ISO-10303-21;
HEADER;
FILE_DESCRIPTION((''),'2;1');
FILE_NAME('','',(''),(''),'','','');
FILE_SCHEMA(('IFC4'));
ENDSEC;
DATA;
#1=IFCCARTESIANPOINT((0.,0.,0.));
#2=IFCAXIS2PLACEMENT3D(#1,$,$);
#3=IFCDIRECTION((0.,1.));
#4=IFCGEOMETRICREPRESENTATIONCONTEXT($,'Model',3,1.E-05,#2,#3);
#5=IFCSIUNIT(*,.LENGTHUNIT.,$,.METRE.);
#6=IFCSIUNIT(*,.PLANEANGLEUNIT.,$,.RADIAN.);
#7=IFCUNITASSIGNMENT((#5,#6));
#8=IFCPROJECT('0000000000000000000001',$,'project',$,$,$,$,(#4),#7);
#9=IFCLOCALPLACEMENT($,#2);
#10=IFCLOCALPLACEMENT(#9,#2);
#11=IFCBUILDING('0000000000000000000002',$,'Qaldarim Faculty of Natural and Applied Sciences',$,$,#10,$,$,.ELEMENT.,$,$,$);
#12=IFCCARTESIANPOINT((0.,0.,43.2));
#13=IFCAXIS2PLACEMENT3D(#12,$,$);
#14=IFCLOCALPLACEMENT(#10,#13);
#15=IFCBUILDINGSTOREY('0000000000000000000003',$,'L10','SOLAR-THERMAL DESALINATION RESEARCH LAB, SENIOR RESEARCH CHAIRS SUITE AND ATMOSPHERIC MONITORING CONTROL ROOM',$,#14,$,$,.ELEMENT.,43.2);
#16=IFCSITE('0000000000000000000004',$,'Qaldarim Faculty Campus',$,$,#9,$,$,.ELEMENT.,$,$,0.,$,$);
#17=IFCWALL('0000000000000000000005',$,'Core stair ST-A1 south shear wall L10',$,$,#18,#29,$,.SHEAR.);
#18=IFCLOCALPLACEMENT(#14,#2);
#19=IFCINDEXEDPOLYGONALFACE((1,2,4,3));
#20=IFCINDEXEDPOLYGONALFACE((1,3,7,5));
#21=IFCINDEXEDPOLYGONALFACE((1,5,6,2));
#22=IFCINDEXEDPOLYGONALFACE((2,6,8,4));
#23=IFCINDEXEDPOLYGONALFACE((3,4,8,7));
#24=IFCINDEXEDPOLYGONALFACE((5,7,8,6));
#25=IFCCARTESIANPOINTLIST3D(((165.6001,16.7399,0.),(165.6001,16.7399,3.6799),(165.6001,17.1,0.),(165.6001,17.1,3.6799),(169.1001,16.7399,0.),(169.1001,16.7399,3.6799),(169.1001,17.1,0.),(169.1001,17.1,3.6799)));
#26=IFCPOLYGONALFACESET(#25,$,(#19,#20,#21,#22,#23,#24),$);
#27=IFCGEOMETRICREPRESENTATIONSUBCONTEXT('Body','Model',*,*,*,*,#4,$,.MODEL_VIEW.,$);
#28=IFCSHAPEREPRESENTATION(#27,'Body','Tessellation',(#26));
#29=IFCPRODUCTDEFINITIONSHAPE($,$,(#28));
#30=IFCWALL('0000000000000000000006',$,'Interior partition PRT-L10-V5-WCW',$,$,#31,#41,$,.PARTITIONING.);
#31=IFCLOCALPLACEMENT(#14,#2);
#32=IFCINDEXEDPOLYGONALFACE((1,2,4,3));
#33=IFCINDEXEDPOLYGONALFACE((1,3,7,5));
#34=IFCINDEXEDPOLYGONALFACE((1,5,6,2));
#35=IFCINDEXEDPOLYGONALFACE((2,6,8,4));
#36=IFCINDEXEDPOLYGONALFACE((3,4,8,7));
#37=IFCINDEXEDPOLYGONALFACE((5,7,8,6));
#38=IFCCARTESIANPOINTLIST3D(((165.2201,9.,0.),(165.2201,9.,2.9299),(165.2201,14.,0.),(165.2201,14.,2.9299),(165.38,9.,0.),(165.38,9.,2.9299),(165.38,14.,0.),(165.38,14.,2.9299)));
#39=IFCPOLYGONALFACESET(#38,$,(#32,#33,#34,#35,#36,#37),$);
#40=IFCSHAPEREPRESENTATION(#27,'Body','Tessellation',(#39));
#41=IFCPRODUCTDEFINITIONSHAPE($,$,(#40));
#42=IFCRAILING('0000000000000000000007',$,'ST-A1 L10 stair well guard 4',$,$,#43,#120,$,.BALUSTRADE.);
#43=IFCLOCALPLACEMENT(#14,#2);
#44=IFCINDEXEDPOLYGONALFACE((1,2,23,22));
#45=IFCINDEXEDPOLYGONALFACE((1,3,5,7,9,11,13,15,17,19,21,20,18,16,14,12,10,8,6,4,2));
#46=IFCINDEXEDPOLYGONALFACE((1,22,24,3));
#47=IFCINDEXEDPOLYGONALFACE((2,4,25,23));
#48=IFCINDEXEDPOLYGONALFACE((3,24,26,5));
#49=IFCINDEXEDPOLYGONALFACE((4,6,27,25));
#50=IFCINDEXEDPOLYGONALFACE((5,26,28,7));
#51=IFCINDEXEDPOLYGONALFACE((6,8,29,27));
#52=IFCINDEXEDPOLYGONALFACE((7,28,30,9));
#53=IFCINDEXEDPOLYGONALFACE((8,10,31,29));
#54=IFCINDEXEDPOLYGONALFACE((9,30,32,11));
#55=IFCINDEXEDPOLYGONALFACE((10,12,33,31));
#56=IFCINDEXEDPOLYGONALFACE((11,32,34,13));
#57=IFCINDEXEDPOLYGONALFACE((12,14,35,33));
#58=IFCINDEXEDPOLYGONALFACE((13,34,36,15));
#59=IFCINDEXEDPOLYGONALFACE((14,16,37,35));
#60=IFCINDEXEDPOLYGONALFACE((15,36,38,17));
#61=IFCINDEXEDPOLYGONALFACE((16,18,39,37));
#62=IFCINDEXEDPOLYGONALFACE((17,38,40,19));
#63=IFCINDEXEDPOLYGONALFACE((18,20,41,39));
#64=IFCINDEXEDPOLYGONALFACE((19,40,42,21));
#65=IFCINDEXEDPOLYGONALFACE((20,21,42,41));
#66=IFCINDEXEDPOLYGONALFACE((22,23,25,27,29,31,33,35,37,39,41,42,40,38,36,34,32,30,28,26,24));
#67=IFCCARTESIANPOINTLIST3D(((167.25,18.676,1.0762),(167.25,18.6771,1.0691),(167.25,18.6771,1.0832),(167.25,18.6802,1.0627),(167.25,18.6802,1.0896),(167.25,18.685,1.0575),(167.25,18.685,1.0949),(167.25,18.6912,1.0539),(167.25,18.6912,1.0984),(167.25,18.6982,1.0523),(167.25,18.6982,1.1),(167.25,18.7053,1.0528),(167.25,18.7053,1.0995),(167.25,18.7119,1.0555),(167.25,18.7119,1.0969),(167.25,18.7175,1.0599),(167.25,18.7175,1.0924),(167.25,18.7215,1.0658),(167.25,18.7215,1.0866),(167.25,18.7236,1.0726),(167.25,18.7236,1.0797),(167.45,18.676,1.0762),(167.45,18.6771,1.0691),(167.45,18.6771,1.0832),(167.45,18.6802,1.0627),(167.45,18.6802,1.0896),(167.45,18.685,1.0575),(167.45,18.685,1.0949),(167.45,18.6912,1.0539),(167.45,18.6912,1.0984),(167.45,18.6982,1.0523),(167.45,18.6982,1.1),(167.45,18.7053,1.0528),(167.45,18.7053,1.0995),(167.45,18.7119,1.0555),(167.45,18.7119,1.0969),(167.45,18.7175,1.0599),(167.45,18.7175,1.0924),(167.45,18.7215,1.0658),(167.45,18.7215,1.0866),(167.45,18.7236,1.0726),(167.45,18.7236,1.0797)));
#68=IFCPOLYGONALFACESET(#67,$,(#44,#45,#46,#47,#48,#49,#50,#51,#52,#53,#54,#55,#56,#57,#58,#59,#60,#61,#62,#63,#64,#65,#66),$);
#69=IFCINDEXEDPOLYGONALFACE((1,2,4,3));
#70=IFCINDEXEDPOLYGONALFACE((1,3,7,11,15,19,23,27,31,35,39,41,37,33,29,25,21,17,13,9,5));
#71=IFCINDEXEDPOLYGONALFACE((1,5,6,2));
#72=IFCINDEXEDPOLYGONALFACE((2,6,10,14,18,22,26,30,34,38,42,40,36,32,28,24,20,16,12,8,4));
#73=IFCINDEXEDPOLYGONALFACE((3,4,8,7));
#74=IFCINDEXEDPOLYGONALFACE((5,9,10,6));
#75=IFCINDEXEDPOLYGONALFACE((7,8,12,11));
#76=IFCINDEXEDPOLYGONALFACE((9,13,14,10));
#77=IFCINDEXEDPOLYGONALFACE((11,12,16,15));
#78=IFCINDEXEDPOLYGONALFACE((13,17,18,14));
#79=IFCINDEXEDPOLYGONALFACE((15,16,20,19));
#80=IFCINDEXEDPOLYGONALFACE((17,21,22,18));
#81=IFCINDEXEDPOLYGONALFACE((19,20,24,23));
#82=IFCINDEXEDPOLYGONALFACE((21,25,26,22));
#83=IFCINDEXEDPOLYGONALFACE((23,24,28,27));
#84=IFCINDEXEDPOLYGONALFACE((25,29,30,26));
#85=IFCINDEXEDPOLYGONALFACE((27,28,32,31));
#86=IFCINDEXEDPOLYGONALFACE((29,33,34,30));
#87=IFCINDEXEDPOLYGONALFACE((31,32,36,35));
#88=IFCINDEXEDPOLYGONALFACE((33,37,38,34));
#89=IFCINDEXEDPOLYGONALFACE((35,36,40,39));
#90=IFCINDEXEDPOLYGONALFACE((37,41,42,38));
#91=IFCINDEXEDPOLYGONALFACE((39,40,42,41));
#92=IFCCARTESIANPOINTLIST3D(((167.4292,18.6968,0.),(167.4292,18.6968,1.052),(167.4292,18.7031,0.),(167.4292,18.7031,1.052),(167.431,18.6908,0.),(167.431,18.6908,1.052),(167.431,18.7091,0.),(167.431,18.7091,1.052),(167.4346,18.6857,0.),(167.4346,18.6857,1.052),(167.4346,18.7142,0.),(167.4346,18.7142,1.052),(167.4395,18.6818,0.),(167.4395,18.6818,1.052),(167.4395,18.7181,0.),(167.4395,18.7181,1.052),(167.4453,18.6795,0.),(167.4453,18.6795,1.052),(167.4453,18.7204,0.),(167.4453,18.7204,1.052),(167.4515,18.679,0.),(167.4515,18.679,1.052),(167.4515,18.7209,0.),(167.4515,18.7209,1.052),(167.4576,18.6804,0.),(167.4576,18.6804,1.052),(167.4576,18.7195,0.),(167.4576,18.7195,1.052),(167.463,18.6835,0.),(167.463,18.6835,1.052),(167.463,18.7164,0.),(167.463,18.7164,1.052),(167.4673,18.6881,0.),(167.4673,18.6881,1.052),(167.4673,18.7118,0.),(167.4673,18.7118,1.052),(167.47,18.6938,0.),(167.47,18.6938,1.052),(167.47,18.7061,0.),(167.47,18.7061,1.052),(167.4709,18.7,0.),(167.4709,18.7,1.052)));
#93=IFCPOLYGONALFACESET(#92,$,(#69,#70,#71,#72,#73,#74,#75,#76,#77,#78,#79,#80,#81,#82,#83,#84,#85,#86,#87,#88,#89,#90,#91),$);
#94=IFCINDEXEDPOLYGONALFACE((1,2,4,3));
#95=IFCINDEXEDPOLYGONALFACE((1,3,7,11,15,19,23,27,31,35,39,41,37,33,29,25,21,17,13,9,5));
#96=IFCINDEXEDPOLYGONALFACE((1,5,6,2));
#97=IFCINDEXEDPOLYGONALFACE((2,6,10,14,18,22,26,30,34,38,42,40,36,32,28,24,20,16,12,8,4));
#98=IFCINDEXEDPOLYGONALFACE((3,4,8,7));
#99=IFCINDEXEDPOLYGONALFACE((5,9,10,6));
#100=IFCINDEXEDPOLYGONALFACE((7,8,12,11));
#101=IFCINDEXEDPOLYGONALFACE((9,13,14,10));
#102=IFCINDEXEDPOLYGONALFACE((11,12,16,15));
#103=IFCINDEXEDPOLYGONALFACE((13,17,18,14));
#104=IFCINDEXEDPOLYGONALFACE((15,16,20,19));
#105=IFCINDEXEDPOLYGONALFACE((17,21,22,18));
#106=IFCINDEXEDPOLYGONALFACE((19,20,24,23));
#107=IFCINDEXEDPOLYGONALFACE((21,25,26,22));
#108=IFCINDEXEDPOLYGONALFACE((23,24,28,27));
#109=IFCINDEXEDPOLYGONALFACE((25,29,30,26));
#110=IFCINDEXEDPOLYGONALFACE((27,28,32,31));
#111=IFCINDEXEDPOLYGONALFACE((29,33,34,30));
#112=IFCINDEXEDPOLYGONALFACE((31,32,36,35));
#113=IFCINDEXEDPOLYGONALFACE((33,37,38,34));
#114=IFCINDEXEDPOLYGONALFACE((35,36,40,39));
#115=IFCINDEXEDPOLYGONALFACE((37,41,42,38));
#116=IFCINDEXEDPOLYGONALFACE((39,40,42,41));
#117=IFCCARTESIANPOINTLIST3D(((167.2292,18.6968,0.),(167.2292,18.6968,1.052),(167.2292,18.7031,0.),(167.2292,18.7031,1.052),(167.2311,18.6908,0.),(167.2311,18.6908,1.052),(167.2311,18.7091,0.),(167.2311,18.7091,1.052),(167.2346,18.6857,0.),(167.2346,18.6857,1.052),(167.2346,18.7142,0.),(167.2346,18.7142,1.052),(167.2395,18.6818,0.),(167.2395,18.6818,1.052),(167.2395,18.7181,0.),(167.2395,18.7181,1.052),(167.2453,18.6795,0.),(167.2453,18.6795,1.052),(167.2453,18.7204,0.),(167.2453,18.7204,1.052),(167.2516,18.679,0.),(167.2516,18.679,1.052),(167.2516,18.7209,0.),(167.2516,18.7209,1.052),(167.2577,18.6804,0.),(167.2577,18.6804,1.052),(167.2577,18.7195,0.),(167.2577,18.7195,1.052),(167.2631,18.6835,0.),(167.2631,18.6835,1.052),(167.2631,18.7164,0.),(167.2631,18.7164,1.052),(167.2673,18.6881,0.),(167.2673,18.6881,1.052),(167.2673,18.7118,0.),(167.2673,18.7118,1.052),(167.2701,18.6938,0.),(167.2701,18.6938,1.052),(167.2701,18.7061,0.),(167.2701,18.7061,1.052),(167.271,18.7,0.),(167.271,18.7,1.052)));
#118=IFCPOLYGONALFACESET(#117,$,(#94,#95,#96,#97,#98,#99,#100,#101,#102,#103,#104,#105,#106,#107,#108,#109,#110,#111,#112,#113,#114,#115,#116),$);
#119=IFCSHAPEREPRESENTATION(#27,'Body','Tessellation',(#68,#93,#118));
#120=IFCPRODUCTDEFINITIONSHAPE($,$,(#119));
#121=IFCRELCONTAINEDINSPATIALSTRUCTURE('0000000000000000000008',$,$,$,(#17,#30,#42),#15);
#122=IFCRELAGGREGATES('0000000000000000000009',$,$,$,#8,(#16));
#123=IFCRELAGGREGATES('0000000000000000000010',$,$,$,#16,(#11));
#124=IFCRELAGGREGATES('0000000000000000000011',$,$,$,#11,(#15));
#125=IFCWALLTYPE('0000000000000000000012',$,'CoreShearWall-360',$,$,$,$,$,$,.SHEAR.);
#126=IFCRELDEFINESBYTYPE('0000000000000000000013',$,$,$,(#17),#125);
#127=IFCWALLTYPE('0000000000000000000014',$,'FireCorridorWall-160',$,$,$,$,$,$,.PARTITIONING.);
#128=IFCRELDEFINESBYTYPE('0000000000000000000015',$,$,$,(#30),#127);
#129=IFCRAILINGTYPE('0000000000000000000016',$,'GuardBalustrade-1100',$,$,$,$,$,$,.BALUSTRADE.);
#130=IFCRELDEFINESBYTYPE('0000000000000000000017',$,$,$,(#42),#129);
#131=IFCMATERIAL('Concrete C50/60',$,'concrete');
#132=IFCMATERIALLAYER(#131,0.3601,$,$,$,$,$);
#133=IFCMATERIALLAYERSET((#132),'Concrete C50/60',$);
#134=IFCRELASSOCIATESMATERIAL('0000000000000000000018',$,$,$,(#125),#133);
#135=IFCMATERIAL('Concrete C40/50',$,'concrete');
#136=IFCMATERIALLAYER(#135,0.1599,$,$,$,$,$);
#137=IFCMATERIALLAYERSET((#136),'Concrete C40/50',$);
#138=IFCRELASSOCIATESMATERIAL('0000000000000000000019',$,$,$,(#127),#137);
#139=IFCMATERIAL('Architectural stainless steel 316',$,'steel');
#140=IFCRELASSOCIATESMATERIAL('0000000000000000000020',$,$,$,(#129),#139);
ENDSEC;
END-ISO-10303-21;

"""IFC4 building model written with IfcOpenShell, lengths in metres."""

from ifc_helpers import new_model, si_unit, direction, frame, frame_2d, origin, origin_2d, place, context, subcontext, project, spatial, rectangle, circle, extrude, material, layer, layer_set, type_object, element, save


model = new_model("IFC4")

# Units and contexts
model_context = context("Model", 3, precision=1e-05, world=origin(), true_north=direction((0.0, 1.0)))
body_context = subcontext(model_context, "Body", "Model", "MODEL_VIEW")
ifc_project = project(units=[si_unit("LENGTHUNIT", "METRE"), si_unit("PLANEANGLEUNIT", "RADIAN")], contexts=[model_context])

# Site, building, storey
site_placement = place(None, origin())
site = spatial("IfcSite", under=ifc_project, at=site_placement, Name="Qaldarim Faculty Campus", CompositionType="ELEMENT", RefElevation=0.0)
building_placement = place(site_placement, origin())
building = spatial("IfcBuilding", under=site, at=building_placement, Name="Qaldarim Faculty of Natural and Applied Sciences", CompositionType="ELEMENT")
storey_placement = place(building_placement, frame((0.0, 0.0, 43.2)))
storey = spatial("IfcBuildingStorey", under=building, at=storey_placement, Name="L10", Description="SOLAR-THERMAL DESALINATION RESEARCH LAB, SENIOR RESEARCH CHAIRS SUITE AND ATMOSPHERIC MONITORING CONTROL ROOM", CompositionType="ELEMENT", Elevation=43.2)

# Shared definitions
ifc_material_1 = material(Name="Concrete C50/60", Category="concrete")

# Shared definitions
ifc_material_2 = material(Name="Concrete C40/50", Category="concrete")

# Shared definitions
ifc_layer_1 = layer(ifc_material_1, 0.3601)
ifc_layer_set_1 = layer_set([ifc_layer_1], Name="Concrete C50/60")
wall_type_1 = type_object("IfcWallType", Name="CoreShearWall-360", PredefinedType="SHEAR", material=ifc_layer_set_1)

# Shared definitions
ifc_material_3 = material(Name="Architectural stainless steel 316", Category="steel")

# Walls
wall_1_placement = place(storey_placement, frame((165.6001, 16.9199, 0.0), z_axis=(0.0, 0.0, 1.0), x_axis=(1.0, 0.0, 0.0)))
element("IfcWall", 1, at=wall_1_placement, inside=storey, type_object=wall_type_1, Name="Core stair ST-A1 south shear wall L10", PredefinedType="SHEAR", context=body_context, shape_type="SweptSolid", body=[
    extrude(rectangle(XDim=3.5, YDim=0.3601, at=frame_2d((1.75, 0.0))), origin(), (0.0, 0.0, 1.0), 3.6799),
])
ifc_layer_2 = layer(ifc_material_2, 0.1599)
ifc_layer_set_2 = layer_set([ifc_layer_2], Name="Concrete C40/50")
wall_type_2 = type_object("IfcWallType", Name="FireCorridorWall-160", PredefinedType="PARTITIONING", material=ifc_layer_set_2)
wall_2_placement = place(storey_placement, frame((165.3, 9.0, 0.0), z_axis=(0.0, 0.0, 1.0), x_axis=(0.0, 1.0, 0.0)))
element("IfcWall", 2, at=wall_2_placement, inside=storey, type_object=wall_type_2, Name="Interior partition PRT-L10-V5-WCW", PredefinedType="PARTITIONING", context=body_context, shape_type="SweptSolid", body=[
    extrude(rectangle(XDim=5.0, YDim=0.1599, at=frame_2d((2.5, 0.0))), origin(), (0.0, 0.0, 1.0), 2.9299),
])

# Railing
railing_type = type_object("IfcRailingType", Name="GuardBalustrade-1100", PredefinedType="BALUSTRADE", material=ifc_material_3)
railing_placement = place(storey_placement, frame((167.45, 18.7, 0.0)))
element("IfcRailing", 3, at=railing_placement, inside=storey, type_object=railing_type, Name="ST-A1 L10 stair well guard 4", PredefinedType="BALUSTRADE", context=body_context, shape_type="SweptSolid", body=[
    extrude(circle(Radius=0.0239, at=origin_2d()), frame((0.0, 0.0, 1.0762), z_axis=(-1.0, 0.0, 0.0), x_axis=(0.0, -1.0, 0.0)), (0.0, 0.0, 1.0), 0.2),
    extrude(circle(Radius=0.021, at=origin_2d()), origin(), (0.0, 0.0, 1.0), 1.052),
    extrude(circle(Radius=0.021, at=origin_2d()), frame((-0.2, 0.0, 0.0)), (0.0, 0.0, 1.0), 1.052),
])

save(model, "model.ifc")
